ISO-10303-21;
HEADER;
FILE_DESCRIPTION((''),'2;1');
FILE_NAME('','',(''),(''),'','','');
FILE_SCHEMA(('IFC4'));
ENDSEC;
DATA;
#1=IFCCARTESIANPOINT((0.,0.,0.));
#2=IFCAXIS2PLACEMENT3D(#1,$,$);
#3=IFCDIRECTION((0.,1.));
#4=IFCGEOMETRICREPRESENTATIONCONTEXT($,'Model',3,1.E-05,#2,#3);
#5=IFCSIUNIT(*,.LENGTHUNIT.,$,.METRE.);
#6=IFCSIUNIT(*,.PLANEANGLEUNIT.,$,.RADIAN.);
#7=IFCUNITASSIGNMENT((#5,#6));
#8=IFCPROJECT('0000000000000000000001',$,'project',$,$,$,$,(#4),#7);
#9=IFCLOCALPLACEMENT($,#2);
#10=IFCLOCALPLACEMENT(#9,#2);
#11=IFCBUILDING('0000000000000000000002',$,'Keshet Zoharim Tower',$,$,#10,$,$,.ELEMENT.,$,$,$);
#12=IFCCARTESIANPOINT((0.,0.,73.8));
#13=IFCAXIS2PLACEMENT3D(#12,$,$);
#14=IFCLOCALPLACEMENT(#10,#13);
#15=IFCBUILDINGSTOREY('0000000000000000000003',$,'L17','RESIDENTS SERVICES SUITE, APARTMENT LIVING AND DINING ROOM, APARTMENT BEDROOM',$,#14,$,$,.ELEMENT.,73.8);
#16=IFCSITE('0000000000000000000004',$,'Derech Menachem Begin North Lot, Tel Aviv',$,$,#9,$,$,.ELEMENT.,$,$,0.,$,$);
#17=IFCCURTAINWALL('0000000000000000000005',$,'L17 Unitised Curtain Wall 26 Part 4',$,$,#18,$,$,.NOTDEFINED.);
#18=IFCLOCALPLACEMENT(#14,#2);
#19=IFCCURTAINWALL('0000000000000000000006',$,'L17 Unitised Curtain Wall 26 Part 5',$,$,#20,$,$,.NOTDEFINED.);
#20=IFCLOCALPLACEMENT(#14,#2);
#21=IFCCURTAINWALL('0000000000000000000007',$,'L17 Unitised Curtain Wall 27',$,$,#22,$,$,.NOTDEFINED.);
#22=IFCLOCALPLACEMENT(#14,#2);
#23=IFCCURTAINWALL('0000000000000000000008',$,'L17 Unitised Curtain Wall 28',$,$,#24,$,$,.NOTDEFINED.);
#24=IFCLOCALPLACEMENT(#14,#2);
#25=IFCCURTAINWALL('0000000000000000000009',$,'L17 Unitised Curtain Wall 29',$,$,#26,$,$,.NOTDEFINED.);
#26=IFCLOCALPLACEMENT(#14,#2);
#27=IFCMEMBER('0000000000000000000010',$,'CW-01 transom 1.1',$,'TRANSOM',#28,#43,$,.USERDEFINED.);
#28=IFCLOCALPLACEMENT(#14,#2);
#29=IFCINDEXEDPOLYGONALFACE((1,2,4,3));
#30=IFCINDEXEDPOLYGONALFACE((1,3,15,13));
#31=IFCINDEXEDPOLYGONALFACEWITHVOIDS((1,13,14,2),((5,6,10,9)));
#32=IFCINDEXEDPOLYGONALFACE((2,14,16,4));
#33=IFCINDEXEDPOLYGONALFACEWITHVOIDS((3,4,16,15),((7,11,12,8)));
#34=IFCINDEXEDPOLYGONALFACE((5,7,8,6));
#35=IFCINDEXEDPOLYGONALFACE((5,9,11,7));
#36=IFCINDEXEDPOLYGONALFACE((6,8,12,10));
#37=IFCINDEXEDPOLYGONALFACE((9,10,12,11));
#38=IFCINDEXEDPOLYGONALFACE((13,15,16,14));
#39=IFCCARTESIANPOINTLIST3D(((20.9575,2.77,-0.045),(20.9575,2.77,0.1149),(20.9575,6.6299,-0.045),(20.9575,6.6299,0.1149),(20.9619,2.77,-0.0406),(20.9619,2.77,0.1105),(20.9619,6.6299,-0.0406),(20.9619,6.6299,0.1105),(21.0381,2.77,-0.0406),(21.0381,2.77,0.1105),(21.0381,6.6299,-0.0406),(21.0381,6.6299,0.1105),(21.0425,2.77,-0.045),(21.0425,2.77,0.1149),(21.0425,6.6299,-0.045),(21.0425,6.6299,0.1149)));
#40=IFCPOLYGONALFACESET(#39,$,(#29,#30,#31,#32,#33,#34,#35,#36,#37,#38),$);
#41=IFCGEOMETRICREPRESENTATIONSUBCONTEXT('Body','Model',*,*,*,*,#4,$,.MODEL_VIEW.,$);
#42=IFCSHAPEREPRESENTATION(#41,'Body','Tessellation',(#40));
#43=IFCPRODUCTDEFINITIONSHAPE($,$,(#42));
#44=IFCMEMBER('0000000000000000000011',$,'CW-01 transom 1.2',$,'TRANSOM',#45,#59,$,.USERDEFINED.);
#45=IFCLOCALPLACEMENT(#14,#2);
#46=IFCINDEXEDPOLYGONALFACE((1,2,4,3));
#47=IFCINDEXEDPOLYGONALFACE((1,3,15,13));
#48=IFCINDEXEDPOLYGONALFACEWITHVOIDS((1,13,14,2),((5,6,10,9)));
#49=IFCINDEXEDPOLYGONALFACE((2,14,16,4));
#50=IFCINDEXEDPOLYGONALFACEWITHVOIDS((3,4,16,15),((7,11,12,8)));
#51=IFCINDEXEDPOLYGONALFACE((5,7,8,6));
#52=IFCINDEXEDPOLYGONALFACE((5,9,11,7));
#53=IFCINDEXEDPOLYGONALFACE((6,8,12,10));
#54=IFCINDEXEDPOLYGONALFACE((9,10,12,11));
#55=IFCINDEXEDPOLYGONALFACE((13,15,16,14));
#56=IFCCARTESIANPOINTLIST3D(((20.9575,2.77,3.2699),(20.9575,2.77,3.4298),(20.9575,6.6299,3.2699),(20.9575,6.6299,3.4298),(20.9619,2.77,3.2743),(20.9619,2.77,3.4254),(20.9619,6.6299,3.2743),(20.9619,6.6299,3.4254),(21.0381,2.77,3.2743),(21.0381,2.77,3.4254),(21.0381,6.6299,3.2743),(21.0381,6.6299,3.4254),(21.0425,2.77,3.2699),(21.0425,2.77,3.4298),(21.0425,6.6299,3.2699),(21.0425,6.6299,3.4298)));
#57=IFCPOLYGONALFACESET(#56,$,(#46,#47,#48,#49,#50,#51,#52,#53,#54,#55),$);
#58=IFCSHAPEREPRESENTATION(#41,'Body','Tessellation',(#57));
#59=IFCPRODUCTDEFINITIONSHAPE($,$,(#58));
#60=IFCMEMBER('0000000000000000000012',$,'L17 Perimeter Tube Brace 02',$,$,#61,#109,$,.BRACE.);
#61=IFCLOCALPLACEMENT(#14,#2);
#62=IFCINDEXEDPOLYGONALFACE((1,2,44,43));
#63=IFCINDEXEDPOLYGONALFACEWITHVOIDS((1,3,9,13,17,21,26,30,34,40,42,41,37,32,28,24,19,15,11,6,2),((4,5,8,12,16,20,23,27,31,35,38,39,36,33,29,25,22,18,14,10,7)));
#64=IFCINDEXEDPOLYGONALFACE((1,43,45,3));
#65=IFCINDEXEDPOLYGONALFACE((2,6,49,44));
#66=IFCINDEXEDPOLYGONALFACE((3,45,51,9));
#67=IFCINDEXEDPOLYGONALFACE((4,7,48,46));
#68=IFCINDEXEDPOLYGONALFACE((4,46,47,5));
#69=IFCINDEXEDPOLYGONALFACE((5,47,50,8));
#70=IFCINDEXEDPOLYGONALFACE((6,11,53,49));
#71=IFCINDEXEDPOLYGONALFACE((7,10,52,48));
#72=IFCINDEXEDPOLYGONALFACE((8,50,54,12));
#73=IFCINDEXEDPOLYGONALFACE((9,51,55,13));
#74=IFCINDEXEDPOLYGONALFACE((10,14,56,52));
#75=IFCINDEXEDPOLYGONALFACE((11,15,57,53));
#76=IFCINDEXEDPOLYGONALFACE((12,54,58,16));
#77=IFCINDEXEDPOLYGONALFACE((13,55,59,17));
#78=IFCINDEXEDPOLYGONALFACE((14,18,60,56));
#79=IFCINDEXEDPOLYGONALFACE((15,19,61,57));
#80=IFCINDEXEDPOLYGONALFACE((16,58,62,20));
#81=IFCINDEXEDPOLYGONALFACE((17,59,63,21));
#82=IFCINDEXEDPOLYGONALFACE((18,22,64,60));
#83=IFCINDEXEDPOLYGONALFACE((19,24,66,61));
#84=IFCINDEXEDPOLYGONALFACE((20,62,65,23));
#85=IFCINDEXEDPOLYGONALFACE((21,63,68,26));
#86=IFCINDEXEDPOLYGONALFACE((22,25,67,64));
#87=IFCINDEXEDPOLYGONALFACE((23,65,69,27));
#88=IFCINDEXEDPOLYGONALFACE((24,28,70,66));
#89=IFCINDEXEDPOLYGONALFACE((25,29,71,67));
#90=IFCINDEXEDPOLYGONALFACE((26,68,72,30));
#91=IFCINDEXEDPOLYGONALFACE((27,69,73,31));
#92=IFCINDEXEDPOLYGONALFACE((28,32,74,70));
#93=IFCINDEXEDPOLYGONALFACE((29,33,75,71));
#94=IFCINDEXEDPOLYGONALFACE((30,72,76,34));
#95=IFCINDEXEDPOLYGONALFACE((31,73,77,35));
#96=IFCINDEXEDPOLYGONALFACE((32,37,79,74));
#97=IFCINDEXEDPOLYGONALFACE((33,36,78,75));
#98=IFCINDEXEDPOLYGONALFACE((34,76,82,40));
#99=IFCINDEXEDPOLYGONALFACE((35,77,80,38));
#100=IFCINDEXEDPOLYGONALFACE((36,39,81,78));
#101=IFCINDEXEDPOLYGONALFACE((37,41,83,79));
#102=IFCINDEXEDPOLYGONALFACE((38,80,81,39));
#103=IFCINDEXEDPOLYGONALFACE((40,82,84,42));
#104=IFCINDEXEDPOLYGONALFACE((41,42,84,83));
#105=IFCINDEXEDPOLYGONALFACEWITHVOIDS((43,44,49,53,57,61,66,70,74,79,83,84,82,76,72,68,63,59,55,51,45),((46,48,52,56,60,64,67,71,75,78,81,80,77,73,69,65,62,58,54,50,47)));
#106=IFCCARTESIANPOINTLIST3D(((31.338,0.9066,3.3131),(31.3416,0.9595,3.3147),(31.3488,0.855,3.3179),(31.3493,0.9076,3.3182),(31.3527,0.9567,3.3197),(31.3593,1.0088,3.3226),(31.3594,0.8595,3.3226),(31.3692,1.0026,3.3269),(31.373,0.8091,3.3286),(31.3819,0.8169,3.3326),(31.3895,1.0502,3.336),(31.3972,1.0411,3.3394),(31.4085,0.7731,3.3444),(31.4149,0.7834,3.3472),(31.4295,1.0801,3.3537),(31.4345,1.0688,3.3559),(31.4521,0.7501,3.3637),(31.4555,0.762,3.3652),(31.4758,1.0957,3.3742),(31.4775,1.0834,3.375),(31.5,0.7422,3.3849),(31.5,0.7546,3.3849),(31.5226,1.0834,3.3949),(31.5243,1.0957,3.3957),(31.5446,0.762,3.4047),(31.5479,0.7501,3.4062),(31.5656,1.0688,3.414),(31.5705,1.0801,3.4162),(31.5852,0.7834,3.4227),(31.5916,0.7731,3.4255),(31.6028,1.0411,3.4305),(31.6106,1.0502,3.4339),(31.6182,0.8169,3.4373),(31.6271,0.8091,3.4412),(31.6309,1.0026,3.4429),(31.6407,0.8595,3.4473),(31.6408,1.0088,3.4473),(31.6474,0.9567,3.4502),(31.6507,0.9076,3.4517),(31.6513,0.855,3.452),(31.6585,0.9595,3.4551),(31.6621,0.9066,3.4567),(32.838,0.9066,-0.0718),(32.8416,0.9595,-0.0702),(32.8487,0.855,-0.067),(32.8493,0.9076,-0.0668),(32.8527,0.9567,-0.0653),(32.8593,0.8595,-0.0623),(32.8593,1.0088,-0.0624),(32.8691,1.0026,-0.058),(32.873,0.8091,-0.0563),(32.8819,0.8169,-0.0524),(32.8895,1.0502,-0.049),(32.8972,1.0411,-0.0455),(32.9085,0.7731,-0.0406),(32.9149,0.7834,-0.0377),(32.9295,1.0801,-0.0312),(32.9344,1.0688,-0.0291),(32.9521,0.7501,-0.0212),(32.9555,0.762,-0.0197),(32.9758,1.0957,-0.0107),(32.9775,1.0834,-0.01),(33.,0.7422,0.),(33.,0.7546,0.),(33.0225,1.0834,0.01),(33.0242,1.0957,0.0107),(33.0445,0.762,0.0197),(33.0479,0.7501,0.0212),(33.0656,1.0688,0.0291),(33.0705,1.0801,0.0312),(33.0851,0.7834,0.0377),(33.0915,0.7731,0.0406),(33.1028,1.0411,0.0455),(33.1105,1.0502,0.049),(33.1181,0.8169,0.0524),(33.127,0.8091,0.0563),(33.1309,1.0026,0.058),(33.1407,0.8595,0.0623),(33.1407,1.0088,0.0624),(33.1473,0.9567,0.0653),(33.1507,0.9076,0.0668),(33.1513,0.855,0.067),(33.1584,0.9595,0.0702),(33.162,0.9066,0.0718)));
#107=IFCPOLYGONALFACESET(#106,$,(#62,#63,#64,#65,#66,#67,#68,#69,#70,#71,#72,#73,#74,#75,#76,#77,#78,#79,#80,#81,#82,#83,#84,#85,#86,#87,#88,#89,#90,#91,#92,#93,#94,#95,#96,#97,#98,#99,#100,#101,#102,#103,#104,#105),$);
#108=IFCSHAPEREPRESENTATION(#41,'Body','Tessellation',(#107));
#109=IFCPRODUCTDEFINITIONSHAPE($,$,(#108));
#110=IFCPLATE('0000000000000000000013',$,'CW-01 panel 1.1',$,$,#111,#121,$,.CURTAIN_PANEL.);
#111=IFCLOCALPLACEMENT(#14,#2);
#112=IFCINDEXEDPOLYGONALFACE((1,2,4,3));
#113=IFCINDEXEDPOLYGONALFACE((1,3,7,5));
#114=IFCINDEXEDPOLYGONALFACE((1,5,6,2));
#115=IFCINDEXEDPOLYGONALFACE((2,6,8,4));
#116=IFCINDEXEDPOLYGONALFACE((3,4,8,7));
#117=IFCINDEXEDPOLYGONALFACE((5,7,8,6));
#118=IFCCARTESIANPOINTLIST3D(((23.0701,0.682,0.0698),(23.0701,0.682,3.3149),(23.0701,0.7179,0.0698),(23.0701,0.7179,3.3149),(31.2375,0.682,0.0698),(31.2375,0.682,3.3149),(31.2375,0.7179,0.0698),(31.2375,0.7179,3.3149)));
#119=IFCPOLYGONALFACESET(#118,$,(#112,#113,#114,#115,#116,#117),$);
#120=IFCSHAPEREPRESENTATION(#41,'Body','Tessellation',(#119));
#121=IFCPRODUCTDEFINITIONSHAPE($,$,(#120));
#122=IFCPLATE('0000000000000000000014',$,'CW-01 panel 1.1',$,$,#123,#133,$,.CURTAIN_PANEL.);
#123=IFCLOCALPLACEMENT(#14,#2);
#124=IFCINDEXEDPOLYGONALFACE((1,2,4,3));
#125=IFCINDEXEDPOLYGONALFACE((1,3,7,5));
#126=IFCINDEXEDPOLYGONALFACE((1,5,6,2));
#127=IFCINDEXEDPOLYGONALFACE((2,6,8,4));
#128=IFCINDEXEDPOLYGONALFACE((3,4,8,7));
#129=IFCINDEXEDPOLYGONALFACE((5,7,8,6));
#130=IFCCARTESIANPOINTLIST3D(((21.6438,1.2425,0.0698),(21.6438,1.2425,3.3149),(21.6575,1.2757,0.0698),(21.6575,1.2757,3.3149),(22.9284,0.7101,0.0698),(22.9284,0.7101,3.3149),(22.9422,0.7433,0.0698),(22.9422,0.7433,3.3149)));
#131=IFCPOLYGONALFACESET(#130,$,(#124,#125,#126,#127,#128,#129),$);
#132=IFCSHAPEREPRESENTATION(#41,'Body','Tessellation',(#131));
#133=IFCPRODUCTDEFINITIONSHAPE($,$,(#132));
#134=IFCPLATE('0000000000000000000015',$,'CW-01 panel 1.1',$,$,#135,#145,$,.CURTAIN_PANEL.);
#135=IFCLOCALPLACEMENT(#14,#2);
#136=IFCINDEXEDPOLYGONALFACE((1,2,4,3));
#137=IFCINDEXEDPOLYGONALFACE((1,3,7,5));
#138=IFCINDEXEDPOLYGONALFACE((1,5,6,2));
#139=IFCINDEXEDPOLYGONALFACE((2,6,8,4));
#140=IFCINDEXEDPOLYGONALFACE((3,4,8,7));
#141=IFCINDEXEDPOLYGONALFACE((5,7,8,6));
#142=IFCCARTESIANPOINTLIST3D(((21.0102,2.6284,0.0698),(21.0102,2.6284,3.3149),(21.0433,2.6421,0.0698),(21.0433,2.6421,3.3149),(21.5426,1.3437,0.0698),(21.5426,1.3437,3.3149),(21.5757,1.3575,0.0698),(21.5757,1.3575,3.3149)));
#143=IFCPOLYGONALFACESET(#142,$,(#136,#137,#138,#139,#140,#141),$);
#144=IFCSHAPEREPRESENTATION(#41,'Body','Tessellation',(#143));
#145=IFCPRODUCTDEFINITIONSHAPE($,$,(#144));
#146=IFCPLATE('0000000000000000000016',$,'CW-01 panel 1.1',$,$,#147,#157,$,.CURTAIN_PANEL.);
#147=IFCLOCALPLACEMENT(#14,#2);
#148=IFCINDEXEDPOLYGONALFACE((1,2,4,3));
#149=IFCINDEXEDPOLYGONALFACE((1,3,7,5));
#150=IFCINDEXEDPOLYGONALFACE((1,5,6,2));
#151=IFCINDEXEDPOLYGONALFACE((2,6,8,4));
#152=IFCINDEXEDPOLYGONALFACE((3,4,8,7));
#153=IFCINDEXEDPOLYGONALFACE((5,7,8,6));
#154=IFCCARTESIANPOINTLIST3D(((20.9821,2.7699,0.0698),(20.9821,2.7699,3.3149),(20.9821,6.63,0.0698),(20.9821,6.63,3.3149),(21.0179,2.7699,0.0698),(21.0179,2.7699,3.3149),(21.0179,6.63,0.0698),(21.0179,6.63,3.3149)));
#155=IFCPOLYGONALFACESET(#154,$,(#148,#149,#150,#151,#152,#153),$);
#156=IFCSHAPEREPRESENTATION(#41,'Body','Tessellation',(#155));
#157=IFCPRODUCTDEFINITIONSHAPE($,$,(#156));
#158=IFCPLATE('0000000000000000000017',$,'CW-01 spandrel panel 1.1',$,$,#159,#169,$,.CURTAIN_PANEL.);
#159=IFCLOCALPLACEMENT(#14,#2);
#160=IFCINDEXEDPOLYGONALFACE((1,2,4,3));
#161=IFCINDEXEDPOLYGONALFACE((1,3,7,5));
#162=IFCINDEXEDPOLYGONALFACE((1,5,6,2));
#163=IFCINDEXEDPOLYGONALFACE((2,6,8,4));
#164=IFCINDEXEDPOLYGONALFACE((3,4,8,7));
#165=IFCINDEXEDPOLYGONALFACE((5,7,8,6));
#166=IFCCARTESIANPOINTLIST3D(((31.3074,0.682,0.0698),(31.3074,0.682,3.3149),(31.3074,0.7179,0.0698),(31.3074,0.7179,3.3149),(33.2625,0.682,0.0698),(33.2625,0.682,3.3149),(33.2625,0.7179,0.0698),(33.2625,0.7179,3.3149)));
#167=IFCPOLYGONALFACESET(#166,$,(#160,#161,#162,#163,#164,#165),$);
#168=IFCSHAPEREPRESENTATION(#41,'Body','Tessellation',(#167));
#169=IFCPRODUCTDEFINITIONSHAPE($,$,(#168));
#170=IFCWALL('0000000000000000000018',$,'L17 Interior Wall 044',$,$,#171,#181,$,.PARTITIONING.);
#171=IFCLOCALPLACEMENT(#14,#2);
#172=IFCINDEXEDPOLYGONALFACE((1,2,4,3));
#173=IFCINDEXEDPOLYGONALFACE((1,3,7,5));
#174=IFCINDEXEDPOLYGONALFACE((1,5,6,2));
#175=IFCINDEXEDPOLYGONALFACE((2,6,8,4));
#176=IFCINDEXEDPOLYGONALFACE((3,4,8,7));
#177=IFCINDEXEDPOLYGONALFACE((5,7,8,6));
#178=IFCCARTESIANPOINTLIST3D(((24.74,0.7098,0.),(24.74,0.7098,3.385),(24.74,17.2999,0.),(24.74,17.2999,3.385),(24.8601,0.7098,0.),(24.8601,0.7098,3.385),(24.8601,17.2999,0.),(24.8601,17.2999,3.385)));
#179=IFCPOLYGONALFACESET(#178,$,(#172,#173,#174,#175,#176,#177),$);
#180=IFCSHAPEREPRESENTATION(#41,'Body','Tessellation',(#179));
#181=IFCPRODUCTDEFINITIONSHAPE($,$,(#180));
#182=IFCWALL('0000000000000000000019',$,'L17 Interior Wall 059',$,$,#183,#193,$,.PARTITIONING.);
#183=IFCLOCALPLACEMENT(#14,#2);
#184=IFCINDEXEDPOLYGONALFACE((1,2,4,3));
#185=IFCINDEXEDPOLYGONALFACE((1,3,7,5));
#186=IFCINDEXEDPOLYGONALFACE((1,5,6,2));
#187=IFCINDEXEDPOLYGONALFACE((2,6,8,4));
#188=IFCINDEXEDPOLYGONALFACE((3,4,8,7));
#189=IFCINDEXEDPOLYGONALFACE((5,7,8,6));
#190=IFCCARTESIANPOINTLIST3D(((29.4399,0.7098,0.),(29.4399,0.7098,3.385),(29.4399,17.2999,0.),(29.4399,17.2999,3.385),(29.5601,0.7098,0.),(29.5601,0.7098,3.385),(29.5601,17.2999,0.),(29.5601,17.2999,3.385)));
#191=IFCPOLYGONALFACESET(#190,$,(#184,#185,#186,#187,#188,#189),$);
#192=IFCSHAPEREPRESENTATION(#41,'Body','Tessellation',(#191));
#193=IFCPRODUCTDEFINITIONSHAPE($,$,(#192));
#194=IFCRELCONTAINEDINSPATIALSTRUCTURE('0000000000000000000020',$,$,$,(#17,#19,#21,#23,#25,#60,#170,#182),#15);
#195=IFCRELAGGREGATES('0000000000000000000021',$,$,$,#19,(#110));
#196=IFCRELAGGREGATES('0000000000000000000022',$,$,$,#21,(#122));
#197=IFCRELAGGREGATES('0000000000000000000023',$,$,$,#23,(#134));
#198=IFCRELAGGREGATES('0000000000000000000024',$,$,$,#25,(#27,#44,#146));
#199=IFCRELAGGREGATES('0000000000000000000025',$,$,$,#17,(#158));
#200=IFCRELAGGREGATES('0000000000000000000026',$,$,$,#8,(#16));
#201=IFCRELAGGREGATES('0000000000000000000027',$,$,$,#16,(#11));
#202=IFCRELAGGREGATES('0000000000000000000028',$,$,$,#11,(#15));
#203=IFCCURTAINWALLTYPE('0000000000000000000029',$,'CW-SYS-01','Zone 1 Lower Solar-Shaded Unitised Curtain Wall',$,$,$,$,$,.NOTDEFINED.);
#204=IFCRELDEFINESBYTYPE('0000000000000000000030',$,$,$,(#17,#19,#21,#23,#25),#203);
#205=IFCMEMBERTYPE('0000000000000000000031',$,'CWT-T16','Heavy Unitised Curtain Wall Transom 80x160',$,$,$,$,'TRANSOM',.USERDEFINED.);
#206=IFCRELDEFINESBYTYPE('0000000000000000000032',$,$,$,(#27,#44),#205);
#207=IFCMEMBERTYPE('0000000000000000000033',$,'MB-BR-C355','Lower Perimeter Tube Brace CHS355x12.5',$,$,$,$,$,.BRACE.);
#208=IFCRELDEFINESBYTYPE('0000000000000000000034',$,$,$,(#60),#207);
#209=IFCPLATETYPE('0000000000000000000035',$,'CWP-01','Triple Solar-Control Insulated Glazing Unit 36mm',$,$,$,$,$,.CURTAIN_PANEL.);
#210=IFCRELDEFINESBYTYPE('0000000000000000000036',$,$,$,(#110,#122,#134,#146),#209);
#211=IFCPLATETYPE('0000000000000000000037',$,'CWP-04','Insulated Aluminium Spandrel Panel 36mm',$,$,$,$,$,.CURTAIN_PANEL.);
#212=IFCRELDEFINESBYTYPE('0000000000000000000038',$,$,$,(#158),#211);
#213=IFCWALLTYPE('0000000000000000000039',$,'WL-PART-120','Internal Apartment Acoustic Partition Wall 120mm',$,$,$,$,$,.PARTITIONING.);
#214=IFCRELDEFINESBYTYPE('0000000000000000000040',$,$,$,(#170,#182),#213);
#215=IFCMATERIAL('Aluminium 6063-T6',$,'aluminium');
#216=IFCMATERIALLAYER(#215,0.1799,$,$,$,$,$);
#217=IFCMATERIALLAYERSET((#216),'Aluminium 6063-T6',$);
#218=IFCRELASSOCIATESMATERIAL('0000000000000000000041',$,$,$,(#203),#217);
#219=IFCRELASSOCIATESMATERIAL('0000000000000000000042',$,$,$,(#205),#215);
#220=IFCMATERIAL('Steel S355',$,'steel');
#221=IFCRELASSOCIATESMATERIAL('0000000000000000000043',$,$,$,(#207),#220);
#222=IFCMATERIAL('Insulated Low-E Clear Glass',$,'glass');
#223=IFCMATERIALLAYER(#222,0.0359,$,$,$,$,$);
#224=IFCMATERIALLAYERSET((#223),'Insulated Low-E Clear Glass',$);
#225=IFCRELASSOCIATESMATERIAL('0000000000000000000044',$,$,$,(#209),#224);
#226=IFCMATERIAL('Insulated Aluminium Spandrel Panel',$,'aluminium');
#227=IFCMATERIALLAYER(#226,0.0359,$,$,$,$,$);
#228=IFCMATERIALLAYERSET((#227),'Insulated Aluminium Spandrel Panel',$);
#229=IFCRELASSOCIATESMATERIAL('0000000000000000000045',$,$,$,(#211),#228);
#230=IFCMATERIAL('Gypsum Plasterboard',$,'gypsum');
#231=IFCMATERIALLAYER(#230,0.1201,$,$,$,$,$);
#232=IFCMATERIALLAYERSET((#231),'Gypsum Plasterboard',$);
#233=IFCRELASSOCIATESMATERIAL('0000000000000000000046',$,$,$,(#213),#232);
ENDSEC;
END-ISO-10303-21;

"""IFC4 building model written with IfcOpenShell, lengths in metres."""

from ifc_helpers import new_model, si_unit, direction, frame, frame_2d, origin, origin_2d, place, context, subcontext, project, spatial, rectangle, hollow_rectangle, hollow_circle, extrude, material, layer, layer_set, material_profile, profile_set, type_object, element, aggregate, save


model = new_model("IFC4")

# Units and contexts
model_context = context("Model", 3, precision=1e-05, world=origin(), true_north=direction((0.0, 1.0)))
body_context = subcontext(model_context, "Body", "Model", "MODEL_VIEW")
ifc_project = project(units=[si_unit("LENGTHUNIT", "METRE"), si_unit("PLANEANGLEUNIT", "RADIAN")], contexts=[model_context])

# Site, building, storey
site_placement = place(None, origin())
site = spatial("IfcSite", under=ifc_project, at=site_placement, Name="Derech Menachem Begin North Lot, Tel Aviv", CompositionType="ELEMENT", RefElevation=0.0)
building_placement = place(site_placement, origin())
building = spatial("IfcBuilding", under=site, at=building_placement, Name="Keshet Zoharim Tower", CompositionType="ELEMENT")
storey_placement = place(building_placement, frame((0.0, 0.0, 73.8)))
storey = spatial("IfcBuildingStorey", under=building, at=storey_placement, Name="L17", Description="RESIDENTS SERVICES SUITE, APARTMENT LIVING AND DINING ROOM, APARTMENT BEDROOM", CompositionType="ELEMENT", Elevation=73.8)

# Shared definitions
ifc_material_1 = material(Name="Steel S355", Category="steel")

# Curtain walls
ifc_material_2 = material(Name="Aluminium 6063-T6", Category="aluminium")
ifc_layer_1 = layer(ifc_material_2, 0.1799)
ifc_layer_set_1 = layer_set([ifc_layer_1], Name="Aluminium 6063-T6")
curtain_wall_type = type_object("IfcCurtainWallType", Name="CW-SYS-01", Description="Zone 1 Lower Solar-Shaded Unitised Curtain Wall", PredefinedType="NOTDEFINED", material=ifc_layer_set_1)
curtain_wall_1_placement = place(storey_placement, origin())
curtain_wall_1 = element("IfcCurtainWall", 1, at=curtain_wall_1_placement, inside=storey, type_object=curtain_wall_type, Name="L17 Unitised Curtain Wall 26 Part 4", PredefinedType="NOTDEFINED")
curtain_wall_2_placement = place(storey_placement, origin())
curtain_wall_2 = element("IfcCurtainWall", 2, at=curtain_wall_2_placement, inside=storey, type_object=curtain_wall_type, Name="L17 Unitised Curtain Wall 26 Part 5", PredefinedType="NOTDEFINED")

# Curtain walls
curtain_wall_3_placement = place(storey_placement, origin())
curtain_wall_3 = element("IfcCurtainWall", 3, at=curtain_wall_3_placement, inside=storey, type_object=curtain_wall_type, Name="L17 Unitised Curtain Wall 27", PredefinedType="NOTDEFINED")
curtain_wall_4_placement = place(storey_placement, origin())
curtain_wall_4 = element("IfcCurtainWall", 4, at=curtain_wall_4_placement, inside=storey, type_object=curtain_wall_type, Name="L17 Unitised Curtain Wall 28", PredefinedType="NOTDEFINED")
curtain_wall_5_placement = place(storey_placement, origin())
curtain_wall_5 = element("IfcCurtainWall", 5, at=curtain_wall_5_placement, inside=storey, type_object=curtain_wall_type, Name="L17 Unitised Curtain Wall 29", PredefinedType="NOTDEFINED")

# Members
ifc_material_profile_1 = material_profile(ifc_material_2, hollow_rectangle(XDim=0.085, YDim=0.1599, WallThickness=0.0044, at=origin_2d()), Name="TRN-85x160")
ifc_profile_set_1 = profile_set([ifc_material_profile_1], Name="Aluminium 6063-T6")
member_type_1 = type_object("IfcMemberType", Name="CWT-T16", Description="Heavy Unitised Curtain Wall Transom 80x160", ElementType="TRANSOM", PredefinedType="USERDEFINED", material=ifc_profile_set_1)
member_1_placement = place(storey_placement, frame((21.0, 2.77, 0.0349), z_axis=(0.0, 1.0, 0.0), x_axis=(-1.0, 0.0, 0.0)))
member_1 = element("IfcMember", 6, at=member_1_placement, type_object=member_type_1, Name="CW-01 transom 1.1", ObjectType="TRANSOM", PredefinedType="USERDEFINED", context=body_context, shape_type="SweptSolid", body=[
    extrude(hollow_rectangle(XDim=0.085, YDim=0.1599, WallThickness=0.0044, at=origin_2d()), origin(), (0.0, 0.0, 1.0), 3.8599),
])
member_2_placement = place(storey_placement, frame((21.0, 2.77, 3.3499), z_axis=(0.0, 1.0, 0.0), x_axis=(-1.0, 0.0, 0.0)))
member_2 = element("IfcMember", 7, at=member_2_placement, type_object=member_type_1, Name="CW-01 transom 1.2", ObjectType="TRANSOM", PredefinedType="USERDEFINED", context=body_context, shape_type="SweptSolid", body=[
    extrude(hollow_rectangle(XDim=0.085, YDim=0.1599, WallThickness=0.0044, at=origin_2d()), origin(), (0.0, 0.0, 1.0), 3.8599),
])
ifc_material_profile_2 = material_profile(ifc_material_1, hollow_circle(Radius=0.1777, WallThickness=0.0125, at=origin_2d()), Name="CHS355x12.5")
ifc_profile_set_2 = profile_set([ifc_material_profile_2], Name="Steel S355")
member_type_2 = type_object("IfcMemberType", Name="MB-BR-C355", Description="Lower Perimeter Tube Brace CHS355x12.5", PredefinedType="BRACE", material=ifc_profile_set_2)
member_3_placement = place(storey_placement, frame((33.0, 0.9199, 0.0), z_axis=(-0.405135, 0.0, 0.914257), x_axis=(0.0, -1.0, 0.0)))
element("IfcMember", 8, at=member_3_placement, inside=storey, type_object=member_type_2, Name="L17 Perimeter Tube Brace 02", PredefinedType="BRACE", context=body_context, shape_type="SweptSolid", body=[
    extrude(hollow_circle(Radius=0.1777, WallThickness=0.0125, at=origin_2d()), origin(), (0.0, 0.0, 1.0), 3.7024),
])

# Plates
ifc_material_3 = material(Name="Insulated Low-E Clear Glass", Category="glass")
ifc_layer_2 = layer(ifc_material_3, 0.0359)
ifc_layer_set_2 = layer_set([ifc_layer_2], Name="Insulated Low-E Clear Glass")
plate_type_1 = type_object("IfcPlateType", Name="CWP-01", Description="Triple Solar-Control Insulated Glazing Unit 36mm", PredefinedType="CURTAIN_PANEL", material=ifc_layer_set_2)
plate_1_placement = place(storey_placement, frame((27.1538, 0.7, 0.0698), z_axis=(0.0, 0.0, 1.0), x_axis=(-1.0, 0.0, 0.0)))
plate_1 = element("IfcPlate", 9, at=plate_1_placement, type_object=plate_type_1, Name="CW-01 panel 1.1", PredefinedType="CURTAIN_PANEL", context=body_context, shape_type="SweptSolid", body=[
    extrude(rectangle(XDim=8.1675, YDim=0.0359, at=origin_2d()), origin(), (0.0, 0.0, 1.0), 3.2451),
])
aggregate(curtain_wall_2, [plate_1])
plate_2_placement = place(storey_placement, frame((22.293, 0.9929, 0.0698), z_axis=(0.0, 0.0, 1.0), x_axis=(-0.92381, 0.382852, 0.0)))
plate_2 = element("IfcPlate", 10, at=plate_2_placement, type_object=plate_type_1, Name="CW-01 panel 1.1", PredefinedType="CURTAIN_PANEL", context=body_context, shape_type="SweptSolid", body=[
    extrude(rectangle(XDim=1.3906, YDim=0.0359, at=origin_2d()), origin(), (0.0, 0.0, 1.0), 3.2451),
])
aggregate(curtain_wall_3, [plate_2])
plate_3_placement = place(storey_placement, frame((21.293, 1.9929, 0.0698), z_axis=(0.0, 0.0, 1.0), x_axis=(-0.382852, 0.92381, 0.0)))
plate_3 = element("IfcPlate", 11, at=plate_3_placement, type_object=plate_type_1, Name="CW-01 panel 1.1", PredefinedType="CURTAIN_PANEL", context=body_context, shape_type="SweptSolid", body=[
    extrude(rectangle(XDim=1.3906, YDim=0.0359, at=origin_2d()), origin(), (0.0, 0.0, 1.0), 3.2451),
])
aggregate(curtain_wall_4, [plate_3])
plate_4_placement = place(storey_placement, frame((21.0, 4.7, 0.0698), z_axis=(0.0, 0.0, 1.0), x_axis=(0.0, 1.0, 0.0)))
plate_4 = element("IfcPlate", 12, at=plate_4_placement, type_object=plate_type_1, Name="CW-01 panel 1.1", PredefinedType="CURTAIN_PANEL", context=body_context, shape_type="SweptSolid", body=[
    extrude(rectangle(XDim=3.8601, YDim=0.0359, at=origin_2d()), origin(), (0.0, 0.0, 1.0), 3.2451),
])
aggregate(curtain_wall_5, [member_1, member_2, plate_4])
ifc_material_4 = material(Name="Insulated Aluminium Spandrel Panel", Category="aluminium")
ifc_layer_3 = layer(ifc_material_4, 0.0359)
ifc_layer_set_3 = layer_set([ifc_layer_3], Name="Insulated Aluminium Spandrel Panel")
plate_type_2 = type_object("IfcPlateType", Name="CWP-04", Description="Insulated Aluminium Spandrel Panel 36mm", PredefinedType="CURTAIN_PANEL", material=ifc_layer_set_3)
plate_5_placement = place(storey_placement, frame((32.2849, 0.7, 0.0698), z_axis=(0.0, 0.0, 1.0), x_axis=(-1.0, 0.0, 0.0)))
plate_5 = element("IfcPlate", 13, at=plate_5_placement, type_object=plate_type_2, Name="CW-01 spandrel panel 1.1", PredefinedType="CURTAIN_PANEL", context=body_context, shape_type="SweptSolid", body=[
    extrude(rectangle(XDim=1.9551, YDim=0.0359, at=origin_2d()), origin(), (0.0, 0.0, 1.0), 3.2451),
])
aggregate(curtain_wall_1, [plate_5])

# Walls
ifc_material_5 = material(Name="Gypsum Plasterboard", Category="gypsum")
ifc_layer_4 = layer(ifc_material_5, 0.1201)
ifc_layer_set_4 = layer_set([ifc_layer_4], Name="Gypsum Plasterboard")
wall_type = type_object("IfcWallType", Name="WL-PART-120", Description="Internal Apartment Acoustic Partition Wall 120mm", PredefinedType="PARTITIONING", material=ifc_layer_set_4)
for number, where, z_axis, x_axis, name in (
    (14, (24.8, 0.71, 0.0), (0.0, 0.0, 1.0), (0.0, 1.0, 0.0), "L17 Interior Wall 044"),
    (15, (29.5, 0.71, 0.0), (0.0, 0.0, 1.0), (0.0, 1.0, 0.0), "L17 Interior Wall 059"),
):
    element("IfcWall", number, at=place(storey_placement, frame(where, z_axis=z_axis, x_axis=x_axis)), inside=storey, type_object=wall_type, Name=name, PredefinedType="PARTITIONING", context=body_context, shape_type="SweptSolid", body=[
        extrude(rectangle(XDim=16.5901, YDim=0.1201, at=frame_2d((8.2949, 0.0))), origin(), (0.0, 0.0, 1.0), 3.385),
    ])

save(model, "model.ifc")
